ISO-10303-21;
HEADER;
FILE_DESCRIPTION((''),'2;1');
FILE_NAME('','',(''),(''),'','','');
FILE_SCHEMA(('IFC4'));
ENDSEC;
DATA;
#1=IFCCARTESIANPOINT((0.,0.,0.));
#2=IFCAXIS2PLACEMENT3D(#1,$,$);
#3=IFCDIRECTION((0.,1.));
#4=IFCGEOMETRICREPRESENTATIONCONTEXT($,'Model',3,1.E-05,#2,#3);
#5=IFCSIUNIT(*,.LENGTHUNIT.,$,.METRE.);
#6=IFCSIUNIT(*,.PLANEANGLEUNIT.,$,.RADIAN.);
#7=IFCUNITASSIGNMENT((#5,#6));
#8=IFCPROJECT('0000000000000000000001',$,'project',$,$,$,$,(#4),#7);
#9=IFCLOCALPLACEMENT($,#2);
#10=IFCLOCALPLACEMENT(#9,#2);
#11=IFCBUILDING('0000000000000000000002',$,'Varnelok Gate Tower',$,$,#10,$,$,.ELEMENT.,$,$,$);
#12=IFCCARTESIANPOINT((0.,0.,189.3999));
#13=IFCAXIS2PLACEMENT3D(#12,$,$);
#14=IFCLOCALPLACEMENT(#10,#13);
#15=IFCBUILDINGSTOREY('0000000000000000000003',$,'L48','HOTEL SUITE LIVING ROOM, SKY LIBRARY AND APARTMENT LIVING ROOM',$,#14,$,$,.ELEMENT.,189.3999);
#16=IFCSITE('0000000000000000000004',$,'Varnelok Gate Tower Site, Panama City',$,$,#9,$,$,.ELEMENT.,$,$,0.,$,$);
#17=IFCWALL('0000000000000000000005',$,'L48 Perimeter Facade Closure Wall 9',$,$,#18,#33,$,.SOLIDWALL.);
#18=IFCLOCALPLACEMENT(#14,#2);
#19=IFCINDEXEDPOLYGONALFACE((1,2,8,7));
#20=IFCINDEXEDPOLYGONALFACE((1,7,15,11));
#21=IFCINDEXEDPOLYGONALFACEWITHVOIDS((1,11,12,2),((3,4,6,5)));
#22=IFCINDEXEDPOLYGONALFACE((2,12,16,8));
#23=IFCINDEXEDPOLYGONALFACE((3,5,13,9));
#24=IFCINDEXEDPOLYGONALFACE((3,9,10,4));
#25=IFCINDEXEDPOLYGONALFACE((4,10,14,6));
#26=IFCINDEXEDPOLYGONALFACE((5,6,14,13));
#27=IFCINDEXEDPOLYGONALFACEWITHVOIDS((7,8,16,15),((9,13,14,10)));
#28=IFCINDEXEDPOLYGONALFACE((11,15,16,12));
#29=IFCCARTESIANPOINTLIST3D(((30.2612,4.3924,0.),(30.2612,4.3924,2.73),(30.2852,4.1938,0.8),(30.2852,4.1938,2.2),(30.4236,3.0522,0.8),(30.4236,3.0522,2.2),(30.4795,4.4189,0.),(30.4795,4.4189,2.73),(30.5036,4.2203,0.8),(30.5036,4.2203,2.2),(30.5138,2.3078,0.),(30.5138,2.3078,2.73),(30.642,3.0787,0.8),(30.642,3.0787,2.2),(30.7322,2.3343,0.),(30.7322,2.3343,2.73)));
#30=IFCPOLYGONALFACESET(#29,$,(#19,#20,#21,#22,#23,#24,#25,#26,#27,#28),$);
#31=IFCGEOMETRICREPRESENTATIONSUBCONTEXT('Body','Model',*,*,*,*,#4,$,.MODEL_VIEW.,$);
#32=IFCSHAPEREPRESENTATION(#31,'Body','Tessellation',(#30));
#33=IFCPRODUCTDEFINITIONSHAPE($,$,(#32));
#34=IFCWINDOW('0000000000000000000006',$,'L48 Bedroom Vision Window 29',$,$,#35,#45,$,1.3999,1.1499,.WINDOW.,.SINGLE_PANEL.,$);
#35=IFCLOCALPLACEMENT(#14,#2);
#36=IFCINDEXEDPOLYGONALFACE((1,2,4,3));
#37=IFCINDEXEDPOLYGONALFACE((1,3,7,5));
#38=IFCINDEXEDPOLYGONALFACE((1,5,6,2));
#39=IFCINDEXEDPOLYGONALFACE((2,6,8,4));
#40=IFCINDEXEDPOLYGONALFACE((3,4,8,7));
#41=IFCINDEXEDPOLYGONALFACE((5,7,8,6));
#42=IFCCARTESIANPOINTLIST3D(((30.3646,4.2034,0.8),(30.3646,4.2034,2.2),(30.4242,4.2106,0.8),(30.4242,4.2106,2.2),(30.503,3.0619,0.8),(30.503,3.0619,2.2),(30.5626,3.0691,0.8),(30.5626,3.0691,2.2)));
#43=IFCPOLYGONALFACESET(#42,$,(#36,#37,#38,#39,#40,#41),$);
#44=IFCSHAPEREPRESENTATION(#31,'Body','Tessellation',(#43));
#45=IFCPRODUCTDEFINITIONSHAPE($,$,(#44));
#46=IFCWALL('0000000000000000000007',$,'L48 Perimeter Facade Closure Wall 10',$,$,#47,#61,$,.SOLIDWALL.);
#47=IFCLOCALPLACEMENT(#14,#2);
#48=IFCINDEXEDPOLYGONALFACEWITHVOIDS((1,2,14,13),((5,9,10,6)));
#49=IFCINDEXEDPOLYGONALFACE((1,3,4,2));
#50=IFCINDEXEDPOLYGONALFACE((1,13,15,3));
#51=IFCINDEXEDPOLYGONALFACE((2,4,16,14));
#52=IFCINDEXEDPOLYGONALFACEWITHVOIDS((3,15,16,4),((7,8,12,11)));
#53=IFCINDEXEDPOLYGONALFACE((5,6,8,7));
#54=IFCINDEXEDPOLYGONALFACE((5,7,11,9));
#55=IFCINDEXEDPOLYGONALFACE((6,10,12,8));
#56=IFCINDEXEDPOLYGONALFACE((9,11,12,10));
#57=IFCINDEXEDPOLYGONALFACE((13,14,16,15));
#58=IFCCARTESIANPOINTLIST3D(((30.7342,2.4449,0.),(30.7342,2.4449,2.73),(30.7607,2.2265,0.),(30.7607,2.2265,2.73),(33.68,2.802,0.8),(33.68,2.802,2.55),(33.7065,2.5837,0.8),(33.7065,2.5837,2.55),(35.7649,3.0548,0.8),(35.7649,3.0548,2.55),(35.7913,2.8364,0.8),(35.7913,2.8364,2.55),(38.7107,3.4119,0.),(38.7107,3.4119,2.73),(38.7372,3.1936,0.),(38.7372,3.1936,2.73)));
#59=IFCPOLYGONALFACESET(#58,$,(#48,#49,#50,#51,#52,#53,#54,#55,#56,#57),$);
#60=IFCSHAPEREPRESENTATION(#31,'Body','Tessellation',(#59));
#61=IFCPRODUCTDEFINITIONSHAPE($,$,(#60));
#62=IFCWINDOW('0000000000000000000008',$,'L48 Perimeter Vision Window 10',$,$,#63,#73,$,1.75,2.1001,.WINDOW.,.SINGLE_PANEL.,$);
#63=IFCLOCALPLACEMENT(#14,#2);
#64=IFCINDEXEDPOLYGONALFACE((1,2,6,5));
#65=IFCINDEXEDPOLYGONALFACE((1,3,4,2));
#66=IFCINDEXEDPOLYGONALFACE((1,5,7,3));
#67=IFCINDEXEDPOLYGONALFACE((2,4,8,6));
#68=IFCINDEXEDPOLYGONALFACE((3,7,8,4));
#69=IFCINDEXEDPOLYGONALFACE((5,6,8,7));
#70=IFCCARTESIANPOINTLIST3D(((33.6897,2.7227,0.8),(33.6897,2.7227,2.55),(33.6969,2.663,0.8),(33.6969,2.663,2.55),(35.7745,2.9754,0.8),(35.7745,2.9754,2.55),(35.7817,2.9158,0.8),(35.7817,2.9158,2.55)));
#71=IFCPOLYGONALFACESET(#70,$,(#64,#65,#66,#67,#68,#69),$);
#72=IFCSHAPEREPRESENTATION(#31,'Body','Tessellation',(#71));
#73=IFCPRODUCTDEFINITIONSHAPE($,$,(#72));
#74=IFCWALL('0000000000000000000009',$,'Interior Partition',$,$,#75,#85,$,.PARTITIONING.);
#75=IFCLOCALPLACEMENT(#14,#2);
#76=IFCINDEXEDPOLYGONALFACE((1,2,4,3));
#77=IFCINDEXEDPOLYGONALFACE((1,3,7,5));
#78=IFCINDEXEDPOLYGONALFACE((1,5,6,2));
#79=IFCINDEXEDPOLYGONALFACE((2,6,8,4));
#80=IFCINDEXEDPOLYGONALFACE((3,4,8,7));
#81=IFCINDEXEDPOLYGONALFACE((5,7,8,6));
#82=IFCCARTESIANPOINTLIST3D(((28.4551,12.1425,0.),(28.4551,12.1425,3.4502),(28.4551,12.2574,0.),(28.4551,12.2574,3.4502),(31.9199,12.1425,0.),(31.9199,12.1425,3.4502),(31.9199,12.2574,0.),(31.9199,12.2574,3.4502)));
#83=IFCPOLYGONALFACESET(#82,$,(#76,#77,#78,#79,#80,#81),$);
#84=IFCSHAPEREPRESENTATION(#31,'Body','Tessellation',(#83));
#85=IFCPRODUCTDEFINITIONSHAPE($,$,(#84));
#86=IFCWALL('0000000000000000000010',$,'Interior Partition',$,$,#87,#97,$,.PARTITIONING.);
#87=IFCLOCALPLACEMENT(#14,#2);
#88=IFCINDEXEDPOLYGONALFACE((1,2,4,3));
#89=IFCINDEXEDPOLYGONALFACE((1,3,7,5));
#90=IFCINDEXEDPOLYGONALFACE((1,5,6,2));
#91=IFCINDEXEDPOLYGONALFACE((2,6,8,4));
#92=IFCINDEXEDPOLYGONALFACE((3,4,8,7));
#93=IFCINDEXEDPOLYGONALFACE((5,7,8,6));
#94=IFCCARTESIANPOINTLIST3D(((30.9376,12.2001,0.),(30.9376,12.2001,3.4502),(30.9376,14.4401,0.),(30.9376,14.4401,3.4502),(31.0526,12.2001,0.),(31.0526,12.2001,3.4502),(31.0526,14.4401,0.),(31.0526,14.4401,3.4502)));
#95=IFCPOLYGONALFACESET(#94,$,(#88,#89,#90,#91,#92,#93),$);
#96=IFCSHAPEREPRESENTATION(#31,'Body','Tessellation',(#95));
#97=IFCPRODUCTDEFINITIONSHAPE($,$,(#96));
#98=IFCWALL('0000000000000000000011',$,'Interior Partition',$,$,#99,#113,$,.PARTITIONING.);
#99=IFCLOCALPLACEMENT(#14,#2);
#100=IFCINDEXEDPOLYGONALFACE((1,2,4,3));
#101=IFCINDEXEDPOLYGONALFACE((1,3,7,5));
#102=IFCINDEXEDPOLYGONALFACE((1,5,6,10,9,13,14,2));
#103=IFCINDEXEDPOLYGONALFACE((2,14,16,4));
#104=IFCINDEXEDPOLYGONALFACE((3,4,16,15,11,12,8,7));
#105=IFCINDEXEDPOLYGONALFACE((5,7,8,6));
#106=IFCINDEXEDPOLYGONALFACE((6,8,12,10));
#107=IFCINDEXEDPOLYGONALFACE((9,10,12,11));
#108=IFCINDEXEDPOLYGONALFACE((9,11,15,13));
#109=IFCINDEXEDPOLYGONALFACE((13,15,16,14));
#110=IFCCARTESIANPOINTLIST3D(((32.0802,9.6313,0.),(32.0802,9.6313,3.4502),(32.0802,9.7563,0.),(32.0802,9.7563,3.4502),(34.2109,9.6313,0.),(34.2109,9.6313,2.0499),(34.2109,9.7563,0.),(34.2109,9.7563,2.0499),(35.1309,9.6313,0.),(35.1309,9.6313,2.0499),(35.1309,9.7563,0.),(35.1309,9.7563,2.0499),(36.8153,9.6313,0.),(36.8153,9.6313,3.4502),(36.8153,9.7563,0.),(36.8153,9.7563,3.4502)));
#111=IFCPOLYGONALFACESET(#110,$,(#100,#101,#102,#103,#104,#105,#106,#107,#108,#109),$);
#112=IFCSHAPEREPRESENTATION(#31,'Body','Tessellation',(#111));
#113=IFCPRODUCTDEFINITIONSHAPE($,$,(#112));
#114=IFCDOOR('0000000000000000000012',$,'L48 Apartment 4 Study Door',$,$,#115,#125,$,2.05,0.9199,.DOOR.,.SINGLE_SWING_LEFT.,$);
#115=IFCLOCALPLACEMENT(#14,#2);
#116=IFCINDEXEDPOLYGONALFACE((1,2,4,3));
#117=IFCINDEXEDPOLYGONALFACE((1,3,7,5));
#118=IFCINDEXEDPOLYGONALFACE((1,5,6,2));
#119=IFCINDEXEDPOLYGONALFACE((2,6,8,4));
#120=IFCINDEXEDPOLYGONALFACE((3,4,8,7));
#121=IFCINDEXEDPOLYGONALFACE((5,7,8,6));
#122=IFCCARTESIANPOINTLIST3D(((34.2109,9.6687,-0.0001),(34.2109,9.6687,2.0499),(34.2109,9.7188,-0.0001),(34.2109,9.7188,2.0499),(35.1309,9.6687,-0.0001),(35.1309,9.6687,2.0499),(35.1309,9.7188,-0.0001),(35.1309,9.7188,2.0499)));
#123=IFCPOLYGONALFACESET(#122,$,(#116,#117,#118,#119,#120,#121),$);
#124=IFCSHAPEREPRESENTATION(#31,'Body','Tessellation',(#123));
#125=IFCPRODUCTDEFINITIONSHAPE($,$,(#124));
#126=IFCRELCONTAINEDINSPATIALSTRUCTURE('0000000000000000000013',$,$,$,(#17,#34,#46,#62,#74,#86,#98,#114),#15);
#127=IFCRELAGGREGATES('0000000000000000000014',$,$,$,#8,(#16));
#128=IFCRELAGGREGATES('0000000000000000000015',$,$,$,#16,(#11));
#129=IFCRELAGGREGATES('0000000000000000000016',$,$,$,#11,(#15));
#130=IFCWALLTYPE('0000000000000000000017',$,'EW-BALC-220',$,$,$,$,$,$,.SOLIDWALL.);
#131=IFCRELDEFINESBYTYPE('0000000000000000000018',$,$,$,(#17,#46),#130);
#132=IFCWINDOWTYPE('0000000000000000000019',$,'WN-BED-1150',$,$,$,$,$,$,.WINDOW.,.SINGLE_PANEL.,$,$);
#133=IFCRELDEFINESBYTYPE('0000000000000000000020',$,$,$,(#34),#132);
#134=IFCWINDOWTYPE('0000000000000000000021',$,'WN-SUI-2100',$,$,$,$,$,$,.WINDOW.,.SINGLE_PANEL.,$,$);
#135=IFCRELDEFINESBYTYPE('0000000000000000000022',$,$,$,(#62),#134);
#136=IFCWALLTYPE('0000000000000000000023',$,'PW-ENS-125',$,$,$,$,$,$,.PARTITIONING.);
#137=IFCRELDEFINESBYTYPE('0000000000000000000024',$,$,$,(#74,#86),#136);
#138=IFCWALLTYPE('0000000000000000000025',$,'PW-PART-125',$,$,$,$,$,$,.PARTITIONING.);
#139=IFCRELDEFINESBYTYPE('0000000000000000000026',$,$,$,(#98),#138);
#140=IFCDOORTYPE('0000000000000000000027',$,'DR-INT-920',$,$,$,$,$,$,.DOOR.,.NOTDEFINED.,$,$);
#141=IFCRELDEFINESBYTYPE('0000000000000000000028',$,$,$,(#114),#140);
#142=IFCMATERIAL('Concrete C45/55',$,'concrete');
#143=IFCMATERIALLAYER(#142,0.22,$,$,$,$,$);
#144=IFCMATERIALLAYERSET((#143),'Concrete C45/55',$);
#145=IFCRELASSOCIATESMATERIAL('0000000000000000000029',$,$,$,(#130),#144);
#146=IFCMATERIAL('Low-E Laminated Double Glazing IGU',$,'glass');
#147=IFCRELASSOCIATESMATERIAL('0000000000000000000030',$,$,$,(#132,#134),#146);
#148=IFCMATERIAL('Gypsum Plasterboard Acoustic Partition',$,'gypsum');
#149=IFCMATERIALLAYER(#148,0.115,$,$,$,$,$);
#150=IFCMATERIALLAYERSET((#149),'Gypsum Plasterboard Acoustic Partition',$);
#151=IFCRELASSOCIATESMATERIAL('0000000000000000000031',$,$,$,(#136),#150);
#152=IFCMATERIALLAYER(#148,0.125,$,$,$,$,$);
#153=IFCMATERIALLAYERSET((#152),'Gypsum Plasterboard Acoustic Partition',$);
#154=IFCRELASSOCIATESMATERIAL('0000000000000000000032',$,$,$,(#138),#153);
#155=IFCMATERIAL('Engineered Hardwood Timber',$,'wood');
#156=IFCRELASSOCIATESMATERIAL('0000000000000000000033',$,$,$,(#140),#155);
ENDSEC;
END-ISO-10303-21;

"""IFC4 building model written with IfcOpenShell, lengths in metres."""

from ifc_helpers import new_model, si_unit, direction, frame, frame_2d, origin, place, context, subcontext, project, spatial, rectangle, extrude, material, layer, layer_set, type_object, element, fill, save


model = new_model("IFC4")

# Units and contexts
model_context = context("Model", 3, precision=1e-05, world=origin(), true_north=direction((0.0, 1.0)))
body_context = subcontext(model_context, "Body", "Model", "MODEL_VIEW")
ifc_project = project(units=[si_unit("LENGTHUNIT", "METRE"), si_unit("PLANEANGLEUNIT", "RADIAN")], contexts=[model_context])

# Site, building, storey
site_placement = place(None, origin())
site = spatial("IfcSite", under=ifc_project, at=site_placement, Name="Varnelok Gate Tower Site, Panama City", CompositionType="ELEMENT", RefElevation=0.0)
building_placement = place(site_placement, origin())
building = spatial("IfcBuilding", under=site, at=building_placement, Name="Varnelok Gate Tower", CompositionType="ELEMENT")
storey_placement = place(building_placement, frame((0.0, 0.0, 189.3999)))
storey = spatial("IfcBuildingStorey", under=building, at=storey_placement, Name="L48", Description="HOTEL SUITE LIVING ROOM, SKY LIBRARY AND APARTMENT LIVING ROOM", CompositionType="ELEMENT", Elevation=189.3999)

# Shared definitions
ifc_material_1 = material(Name="Concrete C45/55", Category="concrete")
ifc_layer_1 = layer(ifc_material_1, 0.22)
ifc_layer_set_1 = layer_set([ifc_layer_1], Name="Concrete C45/55")
wall_type_1 = type_object("IfcWallType", Name="EW-BALC-220", PredefinedType="SOLIDWALL", material=ifc_layer_set_1)

# Walls, openings, windows
wall_1_placement = place(storey_placement, frame((30.3704, 4.4055, 0.0), z_axis=(0.0, 0.0, 1.0), x_axis=(0.120328, -0.992734, 0.0)))
wall_1 = element("IfcWall", 1, at=wall_1_placement, inside=storey, type_object=wall_type_1, Name="L48 Perimeter Facade Closure Wall 9", PredefinedType="SOLIDWALL", context=body_context, shape_type="SweptSolid", body=[
    extrude(rectangle(XDim=2.0999, YDim=0.22, at=frame_2d((1.0498, 0.0))), origin(), (0.0, 0.0, 1.0), 2.73),
])
opening_1_placement = place(wall_1_placement, frame((0.2, 0.0, 0.8)))
opening_1 = element("IfcOpeningElement", 2, at=opening_1_placement, cuts=wall_1, PredefinedType="OPENING", context=body_context, shape_type="SweptSolid", body=[
    extrude(rectangle(XDim=1.1499, YDim=1.3999, at=frame_2d((0.575, 0.7))), frame((0.0, 0.1199, 0.0), z_axis=(0.0, -1.0, 0.0), x_axis=(1.0, 0.0, 0.0)), (0.0, 0.0, 1.0), 0.24),
])
ifc_material_2 = material(Name="Low-E Laminated Double Glazing IGU", Category="glass")
window_type_1 = type_object("IfcWindowType", Name="WN-BED-1150", PartitioningType="SINGLE_PANEL", PredefinedType="WINDOW", material=ifc_material_2)
window_1_placement = place(opening_1_placement, origin())
window_1 = element("IfcWindow", 3, at=window_1_placement, inside=storey, type_object=window_type_1, Name="L48 Bedroom Vision Window 29", OverallHeight=1.3999, OverallWidth=1.1499, PartitioningType="SINGLE_PANEL", PredefinedType="WINDOW", context=body_context, shape_type="SweptSolid", body=[
    extrude(rectangle(XDim=1.1499, YDim=1.3999, at=frame_2d((0.575, 0.7))), frame((0.0, 0.03, 0.0), z_axis=(0.0, -1.0, 0.0), x_axis=(1.0, 0.0, 0.0)), (0.0, 0.0, 1.0), 0.0601),
])
fill(opening_1, window_1)
wall_2_placement = place(storey_placement, frame((30.7473, 2.3357, 0.0), z_axis=(0.0, 0.0, 1.0), x_axis=(0.992731, 0.120354, 0.0)))
wall_2 = element("IfcWall", 4, at=wall_2_placement, inside=storey, type_object=wall_type_1, Name="L48 Perimeter Facade Closure Wall 10", PredefinedType="SOLIDWALL", context=body_context, shape_type="SweptSolid", body=[
    extrude(rectangle(XDim=8.0349, YDim=0.22, at=frame_2d((4.0176, 0.0))), origin(), (0.0, 0.0, 1.0), 2.73),
])
opening_2_placement = place(wall_2_placement, frame((2.9675, 0.0, 0.8)))
opening_2 = element("IfcOpeningElement", 5, at=opening_2_placement, cuts=wall_2, PredefinedType="OPENING", context=body_context, shape_type="SweptSolid", body=[
    extrude(rectangle(XDim=2.1001, YDim=1.75, at=frame_2d((1.05, 0.875))), frame((0.0, 0.1199, 0.0), z_axis=(0.0, -1.0, 0.0), x_axis=(1.0, 0.0, 0.0)), (0.0, 0.0, 1.0), 0.24),
])
window_type_2 = type_object("IfcWindowType", Name="WN-SUI-2100", PartitioningType="SINGLE_PANEL", PredefinedType="WINDOW", material=ifc_material_2)
window_2_placement = place(opening_2_placement, origin())
window_2 = element("IfcWindow", 6, at=window_2_placement, inside=storey, type_object=window_type_2, Name="L48 Perimeter Vision Window 10", OverallHeight=1.75, OverallWidth=2.1001, PartitioningType="SINGLE_PANEL", PredefinedType="WINDOW", context=body_context, shape_type="SweptSolid", body=[
    extrude(rectangle(XDim=2.1001, YDim=1.75, at=frame_2d((1.05, 0.875))), frame((0.0, 0.03, 0.0), z_axis=(0.0, -1.0, 0.0), x_axis=(1.0, 0.0, 0.0)), (0.0, 0.0, 1.0), 0.0601),
])
fill(opening_2, window_2)

# Walls
ifc_material_3 = material(Name="Gypsum Plasterboard Acoustic Partition", Category="gypsum")
ifc_layer_2 = layer(ifc_material_3, 0.115)
ifc_layer_set_2 = layer_set([ifc_layer_2], Name="Gypsum Plasterboard Acoustic Partition")
wall_type_2 = type_object("IfcWallType", Name="PW-ENS-125", PredefinedType="PARTITIONING", material=ifc_layer_set_2)
wall_3_placement = place(storey_placement, frame((28.4551, 12.2, 0.0), z_axis=(0.0, 0.0, 1.0), x_axis=(1.0, 0.0, 0.0)))
element("IfcWall", 7, at=wall_3_placement, inside=storey, type_object=wall_type_2, Name="Interior Partition", PredefinedType="PARTITIONING", context=body_context, shape_type="SweptSolid", body=[
    extrude(rectangle(XDim=3.4648, YDim=0.115, at=frame_2d((1.7324, 0.0))), origin(), (0.0, 0.0, 1.0), 3.4502),
])
wall_4_placement = place(storey_placement, frame((30.9951, 12.2, 0.0), z_axis=(0.0, 0.0, 1.0), x_axis=(0.0, 1.0, 0.0)))
element("IfcWall", 8, at=wall_4_placement, inside=storey, type_object=wall_type_2, Name="Interior Partition", PredefinedType="PARTITIONING", context=body_context, shape_type="SweptSolid", body=[
    extrude(rectangle(XDim=2.24, YDim=0.115, at=frame_2d((1.1201, 0.0))), origin(), (0.0, 0.0, 1.0), 3.4502),
])

# Wall, opening, door
ifc_layer_3 = layer(ifc_material_3, 0.125)
ifc_layer_set_3 = layer_set([ifc_layer_3], Name="Gypsum Plasterboard Acoustic Partition")
wall_type_3 = type_object("IfcWallType", Name="PW-PART-125", PredefinedType="PARTITIONING", material=ifc_layer_set_3)
wall_5_placement = place(storey_placement, frame((32.0801, 9.6938, 0.0), z_axis=(0.0, 0.0, 1.0), x_axis=(1.0, 0.0, 0.0)))
wall_5 = element("IfcWall", 9, at=wall_5_placement, inside=storey, type_object=wall_type_3, Name="Interior Partition", PredefinedType="PARTITIONING", context=body_context, shape_type="SweptSolid", body=[
    extrude(rectangle(XDim=4.7351, YDim=0.125, at=frame_2d((2.3677, 0.0))), origin(), (0.0, 0.0, 1.0), 3.4502),
])
opening_3_placement = place(wall_5_placement, frame((2.1309, 0.0, 0.0)))
opening_3 = element("IfcOpeningElement", 10, at=opening_3_placement, cuts=wall_5, PredefinedType="OPENING", context=body_context, shape_type="SweptSolid", body=[
    extrude(rectangle(XDim=0.9199, YDim=2.05, at=frame_2d((0.46, 1.0249))), frame((0.0, 0.0725, 0.0), z_axis=(0.0, -1.0, 0.0), x_axis=(1.0, 0.0, 0.0)), (0.0, 0.0, 1.0), 0.145),
])
ifc_material_4 = material(Name="Engineered Hardwood Timber", Category="wood")
door_type_1 = type_object("IfcDoorType", Name="DR-INT-920", OperationType="NOTDEFINED", PredefinedType="DOOR", material=ifc_material_4)
door_1_placement = place(opening_3_placement, origin())
door_1 = element("IfcDoor", 11, at=door_1_placement, inside=storey, type_object=door_type_1, Name="L48 Apartment 4 Study Door", OperationType="SINGLE_SWING_LEFT", OverallHeight=2.05, OverallWidth=0.9199, PredefinedType="DOOR", context=body_context, shape_type="SweptSolid", body=[
    extrude(rectangle(XDim=0.9199, YDim=2.05, at=frame_2d((0.46, 1.0249))), frame((0.0, 0.0249, 0.0), z_axis=(0.0, -1.0, 0.0), x_axis=(1.0, 0.0, 0.0)), (0.0, 0.0, 1.0), 0.05),
])
fill(opening_3, door_1)

save(model, "model.ifc")
